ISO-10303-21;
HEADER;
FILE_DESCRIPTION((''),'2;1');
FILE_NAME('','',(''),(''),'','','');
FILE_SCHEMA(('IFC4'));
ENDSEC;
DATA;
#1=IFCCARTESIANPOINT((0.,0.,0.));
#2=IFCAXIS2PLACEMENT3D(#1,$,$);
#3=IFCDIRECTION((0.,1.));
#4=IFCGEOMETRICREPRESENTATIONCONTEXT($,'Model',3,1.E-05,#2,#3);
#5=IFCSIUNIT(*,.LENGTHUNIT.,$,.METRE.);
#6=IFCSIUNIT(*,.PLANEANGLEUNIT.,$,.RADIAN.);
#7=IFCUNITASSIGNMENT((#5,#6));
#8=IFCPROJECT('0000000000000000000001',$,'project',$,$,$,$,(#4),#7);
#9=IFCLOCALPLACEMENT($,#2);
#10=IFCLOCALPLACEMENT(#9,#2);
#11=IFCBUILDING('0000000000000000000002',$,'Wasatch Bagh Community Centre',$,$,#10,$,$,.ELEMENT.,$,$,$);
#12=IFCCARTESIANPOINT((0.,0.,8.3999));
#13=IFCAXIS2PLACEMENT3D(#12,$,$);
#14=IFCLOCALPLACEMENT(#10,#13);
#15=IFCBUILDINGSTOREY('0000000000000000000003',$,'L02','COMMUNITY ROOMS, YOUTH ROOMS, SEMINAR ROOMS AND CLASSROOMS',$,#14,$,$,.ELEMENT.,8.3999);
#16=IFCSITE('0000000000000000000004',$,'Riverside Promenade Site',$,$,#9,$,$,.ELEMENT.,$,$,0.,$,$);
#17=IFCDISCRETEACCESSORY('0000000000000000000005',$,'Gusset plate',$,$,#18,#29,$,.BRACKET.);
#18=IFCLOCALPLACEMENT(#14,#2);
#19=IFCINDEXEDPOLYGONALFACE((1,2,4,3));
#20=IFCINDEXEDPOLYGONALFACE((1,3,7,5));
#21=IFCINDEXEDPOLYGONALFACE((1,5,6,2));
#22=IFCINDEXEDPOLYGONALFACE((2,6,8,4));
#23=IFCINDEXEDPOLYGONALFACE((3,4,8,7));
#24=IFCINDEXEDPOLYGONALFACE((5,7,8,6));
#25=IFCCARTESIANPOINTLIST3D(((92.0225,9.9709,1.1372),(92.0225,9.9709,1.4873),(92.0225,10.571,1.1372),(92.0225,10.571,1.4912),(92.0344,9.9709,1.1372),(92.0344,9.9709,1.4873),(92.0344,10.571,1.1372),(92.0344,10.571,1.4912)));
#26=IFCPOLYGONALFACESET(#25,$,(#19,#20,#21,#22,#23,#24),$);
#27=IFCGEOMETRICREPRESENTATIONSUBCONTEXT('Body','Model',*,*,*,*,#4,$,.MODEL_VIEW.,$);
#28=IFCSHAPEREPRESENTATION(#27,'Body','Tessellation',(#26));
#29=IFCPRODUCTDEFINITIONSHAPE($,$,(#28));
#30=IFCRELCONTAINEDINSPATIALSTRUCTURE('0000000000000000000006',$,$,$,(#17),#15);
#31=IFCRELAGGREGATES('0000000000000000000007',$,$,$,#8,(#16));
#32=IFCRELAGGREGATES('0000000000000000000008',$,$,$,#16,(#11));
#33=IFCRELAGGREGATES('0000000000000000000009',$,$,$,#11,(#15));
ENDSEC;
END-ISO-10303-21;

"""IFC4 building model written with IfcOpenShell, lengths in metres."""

from ifc_helpers import new_model, si_unit, direction, frame, origin, place, context, subcontext, project, spatial, polyline, outline, extrude, element, save


model = new_model("IFC4")

# Units and contexts
model_context = context("Model", 3, precision=1e-05, world=origin(), true_north=direction((0.0, 1.0)))
body_context = subcontext(model_context, "Body", "Model", "MODEL_VIEW")
ifc_project = project(units=[si_unit("LENGTHUNIT", "METRE"), si_unit("PLANEANGLEUNIT", "RADIAN")], contexts=[model_context])

# Site, building, storey
site_placement = place(None, origin())
site = spatial("IfcSite", under=ifc_project, at=site_placement, Name="Riverside Promenade Site", CompositionType="ELEMENT", RefElevation=0.0)
building_placement = place(site_placement, origin())
building = spatial("IfcBuilding", under=site, at=building_placement, Name="Wasatch Bagh Community Centre", CompositionType="ELEMENT")
storey_placement = place(building_placement, frame((0.0, 0.0, 8.3999)))
storey = spatial("IfcBuildingStorey", under=building, at=storey_placement, Name="L02", Description="COMMUNITY ROOMS, YOUTH ROOMS, SEMINAR ROOMS AND CLASSROOMS", CompositionType="ELEMENT", Elevation=8.3999)

# Discrete accessory
discrete_accessory_1_placement = place(storey_placement, frame((92.0225, 9.9709, 1.4873), z_axis=(-1.0, 0.0, 0.0), x_axis=(0.0, 0.999979, 0.006509)))
element("IfcDiscreteAccessory", 1, at=discrete_accessory_1_placement, inside=storey, Name="Gusset plate", PredefinedType="BRACKET", context=body_context, shape_type="SweptSolid", body=[
    extrude(outline(polyline([(0.0, 0.0), (0.6001, 0.0), (0.5978, 0.354), (-0.0023, 0.3501), (0.0, 0.0)])), origin(), (0.0, 0.0, -1.0), 0.012),
])

save(model, "model.ifc")
